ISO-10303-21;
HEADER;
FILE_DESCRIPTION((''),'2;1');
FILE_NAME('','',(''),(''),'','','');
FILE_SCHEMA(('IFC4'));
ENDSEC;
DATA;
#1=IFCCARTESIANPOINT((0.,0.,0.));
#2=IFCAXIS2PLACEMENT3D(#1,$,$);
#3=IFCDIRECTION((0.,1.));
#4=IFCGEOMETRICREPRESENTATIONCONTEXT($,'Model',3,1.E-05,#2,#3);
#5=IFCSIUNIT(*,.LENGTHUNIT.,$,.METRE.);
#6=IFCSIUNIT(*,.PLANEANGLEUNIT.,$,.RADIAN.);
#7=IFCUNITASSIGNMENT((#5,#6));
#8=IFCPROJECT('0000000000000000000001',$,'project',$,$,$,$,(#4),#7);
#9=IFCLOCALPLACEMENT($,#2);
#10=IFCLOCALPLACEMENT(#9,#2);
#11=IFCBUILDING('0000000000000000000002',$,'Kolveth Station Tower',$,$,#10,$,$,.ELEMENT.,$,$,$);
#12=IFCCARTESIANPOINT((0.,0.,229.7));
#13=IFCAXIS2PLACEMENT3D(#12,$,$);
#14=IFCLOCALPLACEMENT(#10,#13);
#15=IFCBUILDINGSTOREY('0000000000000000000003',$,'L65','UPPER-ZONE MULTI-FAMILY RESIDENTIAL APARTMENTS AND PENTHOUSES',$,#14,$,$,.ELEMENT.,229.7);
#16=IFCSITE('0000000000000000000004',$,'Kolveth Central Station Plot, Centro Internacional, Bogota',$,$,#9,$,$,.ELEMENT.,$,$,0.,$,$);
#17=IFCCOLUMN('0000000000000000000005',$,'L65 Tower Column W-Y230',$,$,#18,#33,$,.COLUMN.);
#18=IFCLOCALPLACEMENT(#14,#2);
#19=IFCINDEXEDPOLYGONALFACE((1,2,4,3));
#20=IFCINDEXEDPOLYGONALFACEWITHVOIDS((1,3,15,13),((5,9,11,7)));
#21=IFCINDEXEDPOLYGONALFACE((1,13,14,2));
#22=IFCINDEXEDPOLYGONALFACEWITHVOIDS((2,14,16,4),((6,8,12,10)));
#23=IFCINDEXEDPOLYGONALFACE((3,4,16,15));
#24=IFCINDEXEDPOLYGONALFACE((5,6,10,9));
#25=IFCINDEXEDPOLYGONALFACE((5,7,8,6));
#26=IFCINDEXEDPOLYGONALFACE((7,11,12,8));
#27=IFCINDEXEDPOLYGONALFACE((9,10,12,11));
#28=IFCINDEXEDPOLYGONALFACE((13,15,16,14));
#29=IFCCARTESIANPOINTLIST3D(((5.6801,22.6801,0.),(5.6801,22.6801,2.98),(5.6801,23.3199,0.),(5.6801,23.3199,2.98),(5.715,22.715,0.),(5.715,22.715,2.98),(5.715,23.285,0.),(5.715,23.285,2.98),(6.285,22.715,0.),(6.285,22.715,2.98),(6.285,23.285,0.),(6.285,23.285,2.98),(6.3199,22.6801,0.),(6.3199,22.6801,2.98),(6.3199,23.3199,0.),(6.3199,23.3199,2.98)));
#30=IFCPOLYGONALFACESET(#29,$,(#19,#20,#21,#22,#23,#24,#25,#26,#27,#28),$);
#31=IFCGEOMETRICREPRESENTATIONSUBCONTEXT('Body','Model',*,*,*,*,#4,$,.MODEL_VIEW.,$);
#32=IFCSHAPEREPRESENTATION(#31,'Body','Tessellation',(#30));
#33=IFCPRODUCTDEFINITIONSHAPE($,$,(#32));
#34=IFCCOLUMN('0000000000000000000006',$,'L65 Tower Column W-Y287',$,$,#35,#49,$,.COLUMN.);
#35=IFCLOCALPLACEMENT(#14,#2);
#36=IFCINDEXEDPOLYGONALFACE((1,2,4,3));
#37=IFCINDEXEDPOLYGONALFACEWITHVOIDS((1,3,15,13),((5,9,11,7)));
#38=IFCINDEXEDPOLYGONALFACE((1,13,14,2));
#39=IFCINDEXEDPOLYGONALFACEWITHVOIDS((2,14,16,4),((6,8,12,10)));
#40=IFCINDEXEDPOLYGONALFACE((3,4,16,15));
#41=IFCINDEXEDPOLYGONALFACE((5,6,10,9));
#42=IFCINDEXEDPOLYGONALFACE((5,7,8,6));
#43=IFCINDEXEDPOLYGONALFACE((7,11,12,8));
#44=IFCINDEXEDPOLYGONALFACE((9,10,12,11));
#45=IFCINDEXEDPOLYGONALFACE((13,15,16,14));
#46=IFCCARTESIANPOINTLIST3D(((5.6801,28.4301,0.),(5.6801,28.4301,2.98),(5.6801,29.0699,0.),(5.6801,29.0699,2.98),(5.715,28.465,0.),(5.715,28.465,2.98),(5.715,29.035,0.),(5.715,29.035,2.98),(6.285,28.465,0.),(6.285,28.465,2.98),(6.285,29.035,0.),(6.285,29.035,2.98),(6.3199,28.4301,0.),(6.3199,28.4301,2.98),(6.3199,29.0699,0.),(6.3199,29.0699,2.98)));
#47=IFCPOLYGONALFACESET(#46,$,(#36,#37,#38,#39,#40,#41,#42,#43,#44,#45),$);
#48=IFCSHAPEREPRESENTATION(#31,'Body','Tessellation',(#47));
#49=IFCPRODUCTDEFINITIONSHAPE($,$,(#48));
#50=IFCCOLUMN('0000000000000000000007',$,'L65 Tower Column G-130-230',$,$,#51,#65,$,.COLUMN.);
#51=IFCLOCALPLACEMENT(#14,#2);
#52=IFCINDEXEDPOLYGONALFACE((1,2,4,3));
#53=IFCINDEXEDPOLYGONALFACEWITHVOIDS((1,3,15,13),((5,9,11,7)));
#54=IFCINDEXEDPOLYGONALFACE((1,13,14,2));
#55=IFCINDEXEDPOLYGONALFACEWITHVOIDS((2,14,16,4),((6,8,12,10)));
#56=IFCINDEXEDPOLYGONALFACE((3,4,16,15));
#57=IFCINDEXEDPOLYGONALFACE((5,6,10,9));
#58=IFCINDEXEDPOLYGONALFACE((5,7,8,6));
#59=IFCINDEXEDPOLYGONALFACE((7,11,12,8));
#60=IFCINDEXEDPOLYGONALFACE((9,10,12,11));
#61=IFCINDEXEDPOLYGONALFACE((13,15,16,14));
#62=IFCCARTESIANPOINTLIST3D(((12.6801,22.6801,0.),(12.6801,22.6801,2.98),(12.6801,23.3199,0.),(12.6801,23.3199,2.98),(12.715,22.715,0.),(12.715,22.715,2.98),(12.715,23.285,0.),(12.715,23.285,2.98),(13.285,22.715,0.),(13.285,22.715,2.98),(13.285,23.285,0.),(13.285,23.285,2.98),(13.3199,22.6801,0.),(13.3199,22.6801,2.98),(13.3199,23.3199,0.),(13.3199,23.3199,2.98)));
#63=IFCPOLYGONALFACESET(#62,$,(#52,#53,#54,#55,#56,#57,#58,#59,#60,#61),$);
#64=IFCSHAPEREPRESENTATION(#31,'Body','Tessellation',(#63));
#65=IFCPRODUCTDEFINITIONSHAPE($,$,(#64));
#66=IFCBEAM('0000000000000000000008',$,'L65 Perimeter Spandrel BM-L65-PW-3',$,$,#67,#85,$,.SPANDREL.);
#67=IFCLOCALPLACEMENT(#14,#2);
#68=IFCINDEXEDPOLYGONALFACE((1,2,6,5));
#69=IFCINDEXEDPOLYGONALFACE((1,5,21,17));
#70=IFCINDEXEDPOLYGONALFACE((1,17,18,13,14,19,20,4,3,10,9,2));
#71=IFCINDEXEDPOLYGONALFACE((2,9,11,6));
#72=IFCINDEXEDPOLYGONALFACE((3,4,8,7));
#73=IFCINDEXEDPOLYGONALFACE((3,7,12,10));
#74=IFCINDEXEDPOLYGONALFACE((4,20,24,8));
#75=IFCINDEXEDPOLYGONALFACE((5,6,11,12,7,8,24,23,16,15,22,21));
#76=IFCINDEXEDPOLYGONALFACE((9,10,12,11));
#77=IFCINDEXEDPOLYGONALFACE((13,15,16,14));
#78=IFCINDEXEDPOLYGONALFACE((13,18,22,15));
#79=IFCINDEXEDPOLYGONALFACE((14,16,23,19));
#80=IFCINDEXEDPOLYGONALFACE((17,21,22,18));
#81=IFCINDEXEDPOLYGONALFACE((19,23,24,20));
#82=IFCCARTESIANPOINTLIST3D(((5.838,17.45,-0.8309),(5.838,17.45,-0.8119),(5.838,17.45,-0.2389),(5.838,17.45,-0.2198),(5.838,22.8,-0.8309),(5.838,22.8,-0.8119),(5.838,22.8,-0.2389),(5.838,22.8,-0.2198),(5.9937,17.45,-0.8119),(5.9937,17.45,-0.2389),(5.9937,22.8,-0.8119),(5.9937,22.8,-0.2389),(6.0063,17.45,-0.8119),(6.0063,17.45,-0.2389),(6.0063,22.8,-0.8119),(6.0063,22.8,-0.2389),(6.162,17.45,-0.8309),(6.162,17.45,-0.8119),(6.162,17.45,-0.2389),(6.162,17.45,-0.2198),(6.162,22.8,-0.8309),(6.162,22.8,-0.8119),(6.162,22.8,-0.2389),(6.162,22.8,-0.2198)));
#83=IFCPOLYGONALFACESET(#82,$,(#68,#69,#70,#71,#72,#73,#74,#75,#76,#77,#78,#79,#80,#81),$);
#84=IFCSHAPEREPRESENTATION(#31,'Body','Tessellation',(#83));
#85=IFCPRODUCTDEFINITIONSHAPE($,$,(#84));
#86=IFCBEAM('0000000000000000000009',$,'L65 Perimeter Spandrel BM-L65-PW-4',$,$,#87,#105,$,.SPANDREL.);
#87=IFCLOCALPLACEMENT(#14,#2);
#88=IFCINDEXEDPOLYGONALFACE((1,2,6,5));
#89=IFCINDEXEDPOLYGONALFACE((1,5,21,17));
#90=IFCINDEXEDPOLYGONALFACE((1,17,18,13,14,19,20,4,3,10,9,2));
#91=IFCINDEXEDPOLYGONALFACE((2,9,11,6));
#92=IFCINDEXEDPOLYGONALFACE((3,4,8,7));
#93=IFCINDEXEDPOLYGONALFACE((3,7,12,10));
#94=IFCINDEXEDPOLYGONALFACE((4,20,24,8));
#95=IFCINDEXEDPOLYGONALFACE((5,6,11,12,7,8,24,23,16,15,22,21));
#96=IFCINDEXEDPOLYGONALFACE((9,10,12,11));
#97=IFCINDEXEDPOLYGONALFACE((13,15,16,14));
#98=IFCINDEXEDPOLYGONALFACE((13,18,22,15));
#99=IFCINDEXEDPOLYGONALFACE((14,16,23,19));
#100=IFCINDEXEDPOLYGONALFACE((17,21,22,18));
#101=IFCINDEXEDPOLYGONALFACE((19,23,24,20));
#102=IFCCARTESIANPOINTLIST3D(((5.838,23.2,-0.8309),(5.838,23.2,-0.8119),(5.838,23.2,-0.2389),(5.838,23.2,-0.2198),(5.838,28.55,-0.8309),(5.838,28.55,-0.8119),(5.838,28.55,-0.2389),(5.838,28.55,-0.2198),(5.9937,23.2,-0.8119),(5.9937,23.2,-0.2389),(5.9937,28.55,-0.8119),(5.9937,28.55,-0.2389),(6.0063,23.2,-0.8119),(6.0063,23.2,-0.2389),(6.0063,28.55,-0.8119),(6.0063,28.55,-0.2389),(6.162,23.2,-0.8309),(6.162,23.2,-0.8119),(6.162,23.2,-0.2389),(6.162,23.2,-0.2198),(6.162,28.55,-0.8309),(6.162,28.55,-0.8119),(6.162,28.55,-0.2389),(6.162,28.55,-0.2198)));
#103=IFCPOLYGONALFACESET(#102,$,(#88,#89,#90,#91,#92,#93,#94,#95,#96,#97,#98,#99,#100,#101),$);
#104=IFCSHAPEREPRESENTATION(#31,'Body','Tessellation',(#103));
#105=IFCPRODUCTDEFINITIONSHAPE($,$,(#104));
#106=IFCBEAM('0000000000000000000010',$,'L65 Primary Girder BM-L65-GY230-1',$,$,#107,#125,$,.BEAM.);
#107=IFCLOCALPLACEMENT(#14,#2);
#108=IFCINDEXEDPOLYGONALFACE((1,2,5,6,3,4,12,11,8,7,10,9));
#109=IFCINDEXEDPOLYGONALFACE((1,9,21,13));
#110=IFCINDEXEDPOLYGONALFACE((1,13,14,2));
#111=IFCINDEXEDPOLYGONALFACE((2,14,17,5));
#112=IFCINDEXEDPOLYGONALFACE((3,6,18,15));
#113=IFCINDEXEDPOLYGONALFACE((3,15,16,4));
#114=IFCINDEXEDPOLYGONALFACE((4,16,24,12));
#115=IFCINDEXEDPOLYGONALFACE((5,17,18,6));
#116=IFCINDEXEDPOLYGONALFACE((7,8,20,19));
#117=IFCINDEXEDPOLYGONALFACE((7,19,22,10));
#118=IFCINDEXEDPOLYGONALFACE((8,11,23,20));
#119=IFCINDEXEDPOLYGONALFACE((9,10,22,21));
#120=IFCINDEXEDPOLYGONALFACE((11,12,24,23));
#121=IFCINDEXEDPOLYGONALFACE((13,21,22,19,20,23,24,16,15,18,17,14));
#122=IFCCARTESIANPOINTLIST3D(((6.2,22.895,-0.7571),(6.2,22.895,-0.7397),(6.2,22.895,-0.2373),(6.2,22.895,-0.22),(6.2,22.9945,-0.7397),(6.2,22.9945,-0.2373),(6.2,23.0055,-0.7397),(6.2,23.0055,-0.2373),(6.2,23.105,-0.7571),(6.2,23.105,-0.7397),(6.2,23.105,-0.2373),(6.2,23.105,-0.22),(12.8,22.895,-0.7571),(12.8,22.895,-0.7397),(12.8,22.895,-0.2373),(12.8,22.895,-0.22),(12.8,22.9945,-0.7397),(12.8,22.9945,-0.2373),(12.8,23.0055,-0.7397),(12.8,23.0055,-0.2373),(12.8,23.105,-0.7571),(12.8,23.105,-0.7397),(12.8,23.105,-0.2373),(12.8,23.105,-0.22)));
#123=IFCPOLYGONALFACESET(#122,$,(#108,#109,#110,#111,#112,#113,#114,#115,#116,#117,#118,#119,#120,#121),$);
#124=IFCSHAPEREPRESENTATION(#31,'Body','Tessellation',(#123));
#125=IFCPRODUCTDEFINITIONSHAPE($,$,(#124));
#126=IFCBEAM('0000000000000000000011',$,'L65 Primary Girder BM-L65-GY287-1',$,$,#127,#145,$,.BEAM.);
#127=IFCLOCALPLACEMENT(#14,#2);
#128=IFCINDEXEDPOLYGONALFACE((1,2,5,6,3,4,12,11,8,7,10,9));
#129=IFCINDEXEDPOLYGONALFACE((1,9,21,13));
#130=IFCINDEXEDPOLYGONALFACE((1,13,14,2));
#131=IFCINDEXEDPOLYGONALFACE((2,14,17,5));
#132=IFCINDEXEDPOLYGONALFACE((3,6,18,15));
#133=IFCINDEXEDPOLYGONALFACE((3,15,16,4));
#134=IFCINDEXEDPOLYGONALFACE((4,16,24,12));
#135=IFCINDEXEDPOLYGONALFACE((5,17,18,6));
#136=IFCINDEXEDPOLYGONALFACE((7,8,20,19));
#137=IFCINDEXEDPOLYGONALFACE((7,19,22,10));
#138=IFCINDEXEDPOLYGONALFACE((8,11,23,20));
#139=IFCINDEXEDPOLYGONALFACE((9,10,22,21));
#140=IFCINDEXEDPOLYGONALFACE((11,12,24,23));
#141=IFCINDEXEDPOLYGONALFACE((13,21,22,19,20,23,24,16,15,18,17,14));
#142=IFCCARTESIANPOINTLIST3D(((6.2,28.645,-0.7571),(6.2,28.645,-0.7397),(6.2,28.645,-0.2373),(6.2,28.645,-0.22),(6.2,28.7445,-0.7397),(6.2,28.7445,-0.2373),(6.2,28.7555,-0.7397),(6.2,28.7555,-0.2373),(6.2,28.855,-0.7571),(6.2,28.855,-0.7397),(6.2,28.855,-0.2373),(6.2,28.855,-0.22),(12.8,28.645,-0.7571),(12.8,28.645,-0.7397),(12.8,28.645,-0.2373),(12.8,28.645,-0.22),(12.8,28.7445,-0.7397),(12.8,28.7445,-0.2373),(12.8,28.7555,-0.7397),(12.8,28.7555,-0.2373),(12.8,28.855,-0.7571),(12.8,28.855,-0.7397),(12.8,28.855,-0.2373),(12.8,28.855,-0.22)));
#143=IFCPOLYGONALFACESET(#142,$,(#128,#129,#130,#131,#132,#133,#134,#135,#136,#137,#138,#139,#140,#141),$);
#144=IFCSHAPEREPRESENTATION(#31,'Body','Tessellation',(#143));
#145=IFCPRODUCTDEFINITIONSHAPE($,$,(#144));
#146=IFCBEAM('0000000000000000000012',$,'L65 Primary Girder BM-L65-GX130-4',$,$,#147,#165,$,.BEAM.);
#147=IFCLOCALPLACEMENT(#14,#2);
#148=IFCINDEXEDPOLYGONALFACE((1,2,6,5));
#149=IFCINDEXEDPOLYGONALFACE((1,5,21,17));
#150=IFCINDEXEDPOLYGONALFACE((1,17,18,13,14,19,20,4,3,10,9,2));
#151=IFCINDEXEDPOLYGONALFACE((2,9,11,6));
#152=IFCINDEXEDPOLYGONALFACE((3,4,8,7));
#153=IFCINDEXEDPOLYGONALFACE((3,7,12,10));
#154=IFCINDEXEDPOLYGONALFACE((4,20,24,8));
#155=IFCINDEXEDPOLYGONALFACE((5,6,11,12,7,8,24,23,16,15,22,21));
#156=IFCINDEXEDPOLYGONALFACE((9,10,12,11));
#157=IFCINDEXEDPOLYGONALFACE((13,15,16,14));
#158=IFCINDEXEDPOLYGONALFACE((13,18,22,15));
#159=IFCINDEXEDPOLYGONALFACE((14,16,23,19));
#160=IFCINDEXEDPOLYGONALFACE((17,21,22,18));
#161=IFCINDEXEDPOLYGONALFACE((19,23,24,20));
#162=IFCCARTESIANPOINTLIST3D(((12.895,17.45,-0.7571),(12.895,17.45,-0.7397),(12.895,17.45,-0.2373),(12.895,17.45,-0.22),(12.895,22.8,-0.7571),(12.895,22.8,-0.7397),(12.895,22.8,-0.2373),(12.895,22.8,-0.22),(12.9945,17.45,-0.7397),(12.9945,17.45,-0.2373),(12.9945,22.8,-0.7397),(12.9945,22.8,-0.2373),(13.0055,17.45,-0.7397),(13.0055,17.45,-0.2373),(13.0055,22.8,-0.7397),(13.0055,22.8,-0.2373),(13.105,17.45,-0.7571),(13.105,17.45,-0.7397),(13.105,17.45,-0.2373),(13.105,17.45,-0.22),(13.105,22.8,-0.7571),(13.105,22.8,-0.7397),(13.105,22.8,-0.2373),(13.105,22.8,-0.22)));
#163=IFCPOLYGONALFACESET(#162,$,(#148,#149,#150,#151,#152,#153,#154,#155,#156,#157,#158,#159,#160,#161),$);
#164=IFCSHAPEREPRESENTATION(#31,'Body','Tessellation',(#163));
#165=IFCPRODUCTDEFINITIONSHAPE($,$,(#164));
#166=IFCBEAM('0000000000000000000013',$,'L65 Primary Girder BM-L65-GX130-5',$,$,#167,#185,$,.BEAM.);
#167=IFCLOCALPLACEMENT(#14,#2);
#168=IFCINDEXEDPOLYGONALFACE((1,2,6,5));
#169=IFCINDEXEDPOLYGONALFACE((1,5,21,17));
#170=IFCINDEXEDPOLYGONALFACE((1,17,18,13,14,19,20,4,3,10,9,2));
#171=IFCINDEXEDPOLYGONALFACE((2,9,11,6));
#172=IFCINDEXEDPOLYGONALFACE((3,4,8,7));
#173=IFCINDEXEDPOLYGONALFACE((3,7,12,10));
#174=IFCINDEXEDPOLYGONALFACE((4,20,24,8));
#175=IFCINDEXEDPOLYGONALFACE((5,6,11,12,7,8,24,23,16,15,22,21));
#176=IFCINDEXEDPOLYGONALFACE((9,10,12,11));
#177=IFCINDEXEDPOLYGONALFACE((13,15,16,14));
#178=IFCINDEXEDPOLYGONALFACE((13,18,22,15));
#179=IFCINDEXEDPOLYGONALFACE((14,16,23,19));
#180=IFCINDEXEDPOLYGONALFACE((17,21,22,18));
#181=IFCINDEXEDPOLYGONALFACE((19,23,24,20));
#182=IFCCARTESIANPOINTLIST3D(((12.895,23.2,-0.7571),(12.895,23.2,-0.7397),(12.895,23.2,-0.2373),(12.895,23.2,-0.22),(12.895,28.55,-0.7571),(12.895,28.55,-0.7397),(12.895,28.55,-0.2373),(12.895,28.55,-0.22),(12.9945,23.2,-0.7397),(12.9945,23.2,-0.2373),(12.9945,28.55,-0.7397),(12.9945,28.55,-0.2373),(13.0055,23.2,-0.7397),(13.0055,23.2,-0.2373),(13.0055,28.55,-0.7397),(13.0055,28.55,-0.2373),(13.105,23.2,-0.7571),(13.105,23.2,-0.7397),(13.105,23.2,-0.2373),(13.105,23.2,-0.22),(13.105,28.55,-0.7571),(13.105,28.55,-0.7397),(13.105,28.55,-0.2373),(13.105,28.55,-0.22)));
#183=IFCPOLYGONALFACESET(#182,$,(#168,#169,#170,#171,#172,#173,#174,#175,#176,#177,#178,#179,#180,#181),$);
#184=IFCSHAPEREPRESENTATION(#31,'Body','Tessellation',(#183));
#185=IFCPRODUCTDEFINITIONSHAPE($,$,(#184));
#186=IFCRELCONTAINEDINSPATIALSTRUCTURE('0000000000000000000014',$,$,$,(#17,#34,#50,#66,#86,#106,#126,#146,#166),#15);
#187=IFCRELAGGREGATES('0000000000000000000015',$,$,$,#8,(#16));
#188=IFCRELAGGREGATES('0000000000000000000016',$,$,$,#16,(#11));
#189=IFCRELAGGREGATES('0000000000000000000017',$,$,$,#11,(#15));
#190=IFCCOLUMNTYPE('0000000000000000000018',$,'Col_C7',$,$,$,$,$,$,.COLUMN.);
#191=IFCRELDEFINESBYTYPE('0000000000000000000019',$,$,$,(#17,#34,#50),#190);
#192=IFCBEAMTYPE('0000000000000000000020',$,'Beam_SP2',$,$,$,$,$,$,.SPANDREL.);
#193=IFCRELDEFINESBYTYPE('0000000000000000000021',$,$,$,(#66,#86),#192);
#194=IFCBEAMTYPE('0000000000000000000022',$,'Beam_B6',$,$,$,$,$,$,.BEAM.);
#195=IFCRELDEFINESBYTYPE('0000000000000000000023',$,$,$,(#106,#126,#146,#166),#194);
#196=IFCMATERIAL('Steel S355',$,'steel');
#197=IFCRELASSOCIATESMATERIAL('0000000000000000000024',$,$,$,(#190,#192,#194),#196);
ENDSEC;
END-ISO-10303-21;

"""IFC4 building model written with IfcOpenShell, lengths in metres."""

from ifc_helpers import new_model, si_unit, direction, frame, origin, origin_2d, place, context, subcontext, project, spatial, hollow_rectangle, i_section, extrude, source, transform, mapped, material, material_profile, profile_set, type_object, element, save


model = new_model("IFC4")

# Units and contexts
model_context = context("Model", 3, precision=1e-05, world=origin(), true_north=direction((0.0, 1.0)))
body_context = subcontext(model_context, "Body", "Model", "MODEL_VIEW")
ifc_project = project(units=[si_unit("LENGTHUNIT", "METRE"), si_unit("PLANEANGLEUNIT", "RADIAN")], contexts=[model_context])

# Site, building, storey
site_placement = place(None, origin())
site = spatial("IfcSite", under=ifc_project, at=site_placement, Name="Kolveth Central Station Plot, Centro Internacional, Bogota", CompositionType="ELEMENT", RefElevation=0.0)
building_placement = place(site_placement, origin())
building = spatial("IfcBuilding", under=site, at=building_placement, Name="Kolveth Station Tower", CompositionType="ELEMENT")
storey_placement = place(building_placement, frame((0.0, 0.0, 229.7)))
storey = spatial("IfcBuildingStorey", under=building, at=storey_placement, Name="L65", Description="UPPER-ZONE MULTI-FAMILY RESIDENTIAL APARTMENTS AND PENTHOUSES", CompositionType="ELEMENT", Elevation=229.7)

# Columns
ifc_material_1 = material(Name="Steel S355", Category="steel")
ifc_material_profile_1 = material_profile(ifc_material_1, hollow_rectangle(XDim=0.6399, YDim=0.6399, WallThickness=0.0349, at=origin_2d()), Name="BOX640x640x35")
ifc_profile_set_1 = profile_set([ifc_material_profile_1], Name="Steel S355")
column_type = type_object("IfcColumnType", Name="Col_C7", PredefinedType="COLUMN", material=ifc_profile_set_1)
shared_shape_1 = source(origin(), body_context, "Body", "SweptSolid", [
    extrude(hollow_rectangle(XDim=0.6399, YDim=0.6399, WallThickness=0.0349, at=origin_2d()), origin(), (0.0, 0.0, 1.0), 2.98),
])
for number, where, z_axis, x_axis, name in (
    (1, (6.0, 23.0, 0.0), (0.0, 0.0, 1.0), (1.0, 0.0, 0.0), "L65 Tower Column W-Y230"),
    (2, (6.0, 28.75, 0.0), (0.0, 0.0, 1.0), (1.0, 0.0, 0.0), "L65 Tower Column W-Y287"),
    (3, (13.0, 23.0, 0.0), (0.0, 0.0, 1.0), (1.0, 0.0, 0.0), "L65 Tower Column G-130-230"),
):
    element("IfcColumn", number, at=place(storey_placement, frame(where, z_axis=z_axis, x_axis=x_axis)), inside=storey, type_object=column_type, Name=name, PredefinedType="COLUMN", context=body_context, shape_type="MappedRepresentation", body=[
        mapped(shared_shape_1, transform((0.0, 0.0, 0.0), x_axis=(1.0, 0.0, 0.0), y_axis=(0.0, 1.0, 0.0), z_axis=(0.0, 0.0, 1.0), scale=1.0)),
    ])

# Beams
ifc_material_profile_2 = material_profile(ifc_material_1, i_section(OverallWidth=0.324, OverallDepth=0.6111, WebThickness=0.0127, FlangeThickness=0.019, at=origin_2d()), Name="W610x155")
ifc_profile_set_2 = profile_set([ifc_material_profile_2], Name="Steel S355")
beam_type_1 = type_object("IfcBeamType", Name="Beam_SP2", PredefinedType="SPANDREL", material=ifc_profile_set_2)
shared_shape_2 = source(origin(), body_context, "Body", "SweptSolid", [
    extrude(i_section(OverallWidth=0.324, OverallDepth=0.6111, WebThickness=0.0127, FlangeThickness=0.019, at=origin_2d()), origin(), (0.0, 0.0, 1.0), 5.3501),
])
for number, where, z_axis, x_axis, name in (
    (4, (6.0, 17.45, -0.5254), (0.0, 1.0, 0.0), (-1.0, 0.0, 0.0), "L65 Perimeter Spandrel BM-L65-PW-3"),
    (5, (6.0, 23.2, -0.5254), (0.0, 1.0, 0.0), (-1.0, 0.0, 0.0), "L65 Perimeter Spandrel BM-L65-PW-4"),
):
    element("IfcBeam", number, at=place(storey_placement, frame(where, z_axis=z_axis, x_axis=x_axis)), inside=storey, type_object=beam_type_1, Name=name, PredefinedType="SPANDREL", context=body_context, shape_type="MappedRepresentation", body=[
        mapped(shared_shape_2, transform((0.0, 0.0, 0.0), x_axis=(1.0, 0.0, 0.0), y_axis=(0.0, 1.0, 0.0), z_axis=(0.0, 0.0, 1.0), scale=1.0)),
    ])
ifc_material_profile_3 = material_profile(ifc_material_1, i_section(OverallWidth=0.21, OverallDepth=0.5371, WebThickness=0.011, FlangeThickness=0.0173, at=origin_2d()), Name="W530x101")
ifc_profile_set_3 = profile_set([ifc_material_profile_3], Name="Steel S355")
beam_type_2 = type_object("IfcBeamType", Name="Beam_B6", PredefinedType="BEAM", material=ifc_profile_set_3)
shared_shape_3 = source(origin(), body_context, "Body", "SweptSolid", [
    extrude(i_section(OverallWidth=0.21, OverallDepth=0.5371, WebThickness=0.011, FlangeThickness=0.0173, at=origin_2d()), origin(), (0.0, 0.0, 1.0), 6.6001),
])
for number, where, z_axis, x_axis, name in (
    (6, (6.2, 23.0, -0.4885), (1.0, 0.0, 0.0), (0.0, 1.0, 0.0), "L65 Primary Girder BM-L65-GY230-1"),
    (7, (6.2, 28.75, -0.4885), (1.0, 0.0, 0.0), (0.0, 1.0, 0.0), "L65 Primary Girder BM-L65-GY287-1"),
):
    element("IfcBeam", number, at=place(storey_placement, frame(where, z_axis=z_axis, x_axis=x_axis)), inside=storey, type_object=beam_type_2, Name=name, PredefinedType="BEAM", context=body_context, shape_type="MappedRepresentation", body=[
        mapped(shared_shape_3, transform((0.0, 0.0, 0.0), x_axis=(1.0, 0.0, 0.0), y_axis=(0.0, 1.0, 0.0), z_axis=(0.0, 0.0, 1.0), scale=1.0)),
    ])
shared_shape_4 = source(origin(), body_context, "Body", "SweptSolid", [
    extrude(i_section(OverallWidth=0.21, OverallDepth=0.5371, WebThickness=0.011, FlangeThickness=0.0173, at=origin_2d()), origin(), (0.0, 0.0, 1.0), 5.3501),
])
for number, where, z_axis, x_axis, name in (
    (8, (13.0, 17.45, -0.4885), (0.0, 1.0, 0.0), (-1.0, 0.0, 0.0), "L65 Primary Girder BM-L65-GX130-4"),
    (9, (13.0, 23.2, -0.4885), (0.0, 1.0, 0.0), (-1.0, 0.0, 0.0), "L65 Primary Girder BM-L65-GX130-5"),
):
    element("IfcBeam", number, at=place(storey_placement, frame(where, z_axis=z_axis, x_axis=x_axis)), inside=storey, type_object=beam_type_2, Name=name, PredefinedType="BEAM", context=body_context, shape_type="MappedRepresentation", body=[
        mapped(shared_shape_4, transform((0.0, 0.0, 0.0), x_axis=(1.0, 0.0, 0.0), y_axis=(0.0, 1.0, 0.0), z_axis=(0.0, 0.0, 1.0), scale=1.0)),
    ])

save(model, "model.ifc")
